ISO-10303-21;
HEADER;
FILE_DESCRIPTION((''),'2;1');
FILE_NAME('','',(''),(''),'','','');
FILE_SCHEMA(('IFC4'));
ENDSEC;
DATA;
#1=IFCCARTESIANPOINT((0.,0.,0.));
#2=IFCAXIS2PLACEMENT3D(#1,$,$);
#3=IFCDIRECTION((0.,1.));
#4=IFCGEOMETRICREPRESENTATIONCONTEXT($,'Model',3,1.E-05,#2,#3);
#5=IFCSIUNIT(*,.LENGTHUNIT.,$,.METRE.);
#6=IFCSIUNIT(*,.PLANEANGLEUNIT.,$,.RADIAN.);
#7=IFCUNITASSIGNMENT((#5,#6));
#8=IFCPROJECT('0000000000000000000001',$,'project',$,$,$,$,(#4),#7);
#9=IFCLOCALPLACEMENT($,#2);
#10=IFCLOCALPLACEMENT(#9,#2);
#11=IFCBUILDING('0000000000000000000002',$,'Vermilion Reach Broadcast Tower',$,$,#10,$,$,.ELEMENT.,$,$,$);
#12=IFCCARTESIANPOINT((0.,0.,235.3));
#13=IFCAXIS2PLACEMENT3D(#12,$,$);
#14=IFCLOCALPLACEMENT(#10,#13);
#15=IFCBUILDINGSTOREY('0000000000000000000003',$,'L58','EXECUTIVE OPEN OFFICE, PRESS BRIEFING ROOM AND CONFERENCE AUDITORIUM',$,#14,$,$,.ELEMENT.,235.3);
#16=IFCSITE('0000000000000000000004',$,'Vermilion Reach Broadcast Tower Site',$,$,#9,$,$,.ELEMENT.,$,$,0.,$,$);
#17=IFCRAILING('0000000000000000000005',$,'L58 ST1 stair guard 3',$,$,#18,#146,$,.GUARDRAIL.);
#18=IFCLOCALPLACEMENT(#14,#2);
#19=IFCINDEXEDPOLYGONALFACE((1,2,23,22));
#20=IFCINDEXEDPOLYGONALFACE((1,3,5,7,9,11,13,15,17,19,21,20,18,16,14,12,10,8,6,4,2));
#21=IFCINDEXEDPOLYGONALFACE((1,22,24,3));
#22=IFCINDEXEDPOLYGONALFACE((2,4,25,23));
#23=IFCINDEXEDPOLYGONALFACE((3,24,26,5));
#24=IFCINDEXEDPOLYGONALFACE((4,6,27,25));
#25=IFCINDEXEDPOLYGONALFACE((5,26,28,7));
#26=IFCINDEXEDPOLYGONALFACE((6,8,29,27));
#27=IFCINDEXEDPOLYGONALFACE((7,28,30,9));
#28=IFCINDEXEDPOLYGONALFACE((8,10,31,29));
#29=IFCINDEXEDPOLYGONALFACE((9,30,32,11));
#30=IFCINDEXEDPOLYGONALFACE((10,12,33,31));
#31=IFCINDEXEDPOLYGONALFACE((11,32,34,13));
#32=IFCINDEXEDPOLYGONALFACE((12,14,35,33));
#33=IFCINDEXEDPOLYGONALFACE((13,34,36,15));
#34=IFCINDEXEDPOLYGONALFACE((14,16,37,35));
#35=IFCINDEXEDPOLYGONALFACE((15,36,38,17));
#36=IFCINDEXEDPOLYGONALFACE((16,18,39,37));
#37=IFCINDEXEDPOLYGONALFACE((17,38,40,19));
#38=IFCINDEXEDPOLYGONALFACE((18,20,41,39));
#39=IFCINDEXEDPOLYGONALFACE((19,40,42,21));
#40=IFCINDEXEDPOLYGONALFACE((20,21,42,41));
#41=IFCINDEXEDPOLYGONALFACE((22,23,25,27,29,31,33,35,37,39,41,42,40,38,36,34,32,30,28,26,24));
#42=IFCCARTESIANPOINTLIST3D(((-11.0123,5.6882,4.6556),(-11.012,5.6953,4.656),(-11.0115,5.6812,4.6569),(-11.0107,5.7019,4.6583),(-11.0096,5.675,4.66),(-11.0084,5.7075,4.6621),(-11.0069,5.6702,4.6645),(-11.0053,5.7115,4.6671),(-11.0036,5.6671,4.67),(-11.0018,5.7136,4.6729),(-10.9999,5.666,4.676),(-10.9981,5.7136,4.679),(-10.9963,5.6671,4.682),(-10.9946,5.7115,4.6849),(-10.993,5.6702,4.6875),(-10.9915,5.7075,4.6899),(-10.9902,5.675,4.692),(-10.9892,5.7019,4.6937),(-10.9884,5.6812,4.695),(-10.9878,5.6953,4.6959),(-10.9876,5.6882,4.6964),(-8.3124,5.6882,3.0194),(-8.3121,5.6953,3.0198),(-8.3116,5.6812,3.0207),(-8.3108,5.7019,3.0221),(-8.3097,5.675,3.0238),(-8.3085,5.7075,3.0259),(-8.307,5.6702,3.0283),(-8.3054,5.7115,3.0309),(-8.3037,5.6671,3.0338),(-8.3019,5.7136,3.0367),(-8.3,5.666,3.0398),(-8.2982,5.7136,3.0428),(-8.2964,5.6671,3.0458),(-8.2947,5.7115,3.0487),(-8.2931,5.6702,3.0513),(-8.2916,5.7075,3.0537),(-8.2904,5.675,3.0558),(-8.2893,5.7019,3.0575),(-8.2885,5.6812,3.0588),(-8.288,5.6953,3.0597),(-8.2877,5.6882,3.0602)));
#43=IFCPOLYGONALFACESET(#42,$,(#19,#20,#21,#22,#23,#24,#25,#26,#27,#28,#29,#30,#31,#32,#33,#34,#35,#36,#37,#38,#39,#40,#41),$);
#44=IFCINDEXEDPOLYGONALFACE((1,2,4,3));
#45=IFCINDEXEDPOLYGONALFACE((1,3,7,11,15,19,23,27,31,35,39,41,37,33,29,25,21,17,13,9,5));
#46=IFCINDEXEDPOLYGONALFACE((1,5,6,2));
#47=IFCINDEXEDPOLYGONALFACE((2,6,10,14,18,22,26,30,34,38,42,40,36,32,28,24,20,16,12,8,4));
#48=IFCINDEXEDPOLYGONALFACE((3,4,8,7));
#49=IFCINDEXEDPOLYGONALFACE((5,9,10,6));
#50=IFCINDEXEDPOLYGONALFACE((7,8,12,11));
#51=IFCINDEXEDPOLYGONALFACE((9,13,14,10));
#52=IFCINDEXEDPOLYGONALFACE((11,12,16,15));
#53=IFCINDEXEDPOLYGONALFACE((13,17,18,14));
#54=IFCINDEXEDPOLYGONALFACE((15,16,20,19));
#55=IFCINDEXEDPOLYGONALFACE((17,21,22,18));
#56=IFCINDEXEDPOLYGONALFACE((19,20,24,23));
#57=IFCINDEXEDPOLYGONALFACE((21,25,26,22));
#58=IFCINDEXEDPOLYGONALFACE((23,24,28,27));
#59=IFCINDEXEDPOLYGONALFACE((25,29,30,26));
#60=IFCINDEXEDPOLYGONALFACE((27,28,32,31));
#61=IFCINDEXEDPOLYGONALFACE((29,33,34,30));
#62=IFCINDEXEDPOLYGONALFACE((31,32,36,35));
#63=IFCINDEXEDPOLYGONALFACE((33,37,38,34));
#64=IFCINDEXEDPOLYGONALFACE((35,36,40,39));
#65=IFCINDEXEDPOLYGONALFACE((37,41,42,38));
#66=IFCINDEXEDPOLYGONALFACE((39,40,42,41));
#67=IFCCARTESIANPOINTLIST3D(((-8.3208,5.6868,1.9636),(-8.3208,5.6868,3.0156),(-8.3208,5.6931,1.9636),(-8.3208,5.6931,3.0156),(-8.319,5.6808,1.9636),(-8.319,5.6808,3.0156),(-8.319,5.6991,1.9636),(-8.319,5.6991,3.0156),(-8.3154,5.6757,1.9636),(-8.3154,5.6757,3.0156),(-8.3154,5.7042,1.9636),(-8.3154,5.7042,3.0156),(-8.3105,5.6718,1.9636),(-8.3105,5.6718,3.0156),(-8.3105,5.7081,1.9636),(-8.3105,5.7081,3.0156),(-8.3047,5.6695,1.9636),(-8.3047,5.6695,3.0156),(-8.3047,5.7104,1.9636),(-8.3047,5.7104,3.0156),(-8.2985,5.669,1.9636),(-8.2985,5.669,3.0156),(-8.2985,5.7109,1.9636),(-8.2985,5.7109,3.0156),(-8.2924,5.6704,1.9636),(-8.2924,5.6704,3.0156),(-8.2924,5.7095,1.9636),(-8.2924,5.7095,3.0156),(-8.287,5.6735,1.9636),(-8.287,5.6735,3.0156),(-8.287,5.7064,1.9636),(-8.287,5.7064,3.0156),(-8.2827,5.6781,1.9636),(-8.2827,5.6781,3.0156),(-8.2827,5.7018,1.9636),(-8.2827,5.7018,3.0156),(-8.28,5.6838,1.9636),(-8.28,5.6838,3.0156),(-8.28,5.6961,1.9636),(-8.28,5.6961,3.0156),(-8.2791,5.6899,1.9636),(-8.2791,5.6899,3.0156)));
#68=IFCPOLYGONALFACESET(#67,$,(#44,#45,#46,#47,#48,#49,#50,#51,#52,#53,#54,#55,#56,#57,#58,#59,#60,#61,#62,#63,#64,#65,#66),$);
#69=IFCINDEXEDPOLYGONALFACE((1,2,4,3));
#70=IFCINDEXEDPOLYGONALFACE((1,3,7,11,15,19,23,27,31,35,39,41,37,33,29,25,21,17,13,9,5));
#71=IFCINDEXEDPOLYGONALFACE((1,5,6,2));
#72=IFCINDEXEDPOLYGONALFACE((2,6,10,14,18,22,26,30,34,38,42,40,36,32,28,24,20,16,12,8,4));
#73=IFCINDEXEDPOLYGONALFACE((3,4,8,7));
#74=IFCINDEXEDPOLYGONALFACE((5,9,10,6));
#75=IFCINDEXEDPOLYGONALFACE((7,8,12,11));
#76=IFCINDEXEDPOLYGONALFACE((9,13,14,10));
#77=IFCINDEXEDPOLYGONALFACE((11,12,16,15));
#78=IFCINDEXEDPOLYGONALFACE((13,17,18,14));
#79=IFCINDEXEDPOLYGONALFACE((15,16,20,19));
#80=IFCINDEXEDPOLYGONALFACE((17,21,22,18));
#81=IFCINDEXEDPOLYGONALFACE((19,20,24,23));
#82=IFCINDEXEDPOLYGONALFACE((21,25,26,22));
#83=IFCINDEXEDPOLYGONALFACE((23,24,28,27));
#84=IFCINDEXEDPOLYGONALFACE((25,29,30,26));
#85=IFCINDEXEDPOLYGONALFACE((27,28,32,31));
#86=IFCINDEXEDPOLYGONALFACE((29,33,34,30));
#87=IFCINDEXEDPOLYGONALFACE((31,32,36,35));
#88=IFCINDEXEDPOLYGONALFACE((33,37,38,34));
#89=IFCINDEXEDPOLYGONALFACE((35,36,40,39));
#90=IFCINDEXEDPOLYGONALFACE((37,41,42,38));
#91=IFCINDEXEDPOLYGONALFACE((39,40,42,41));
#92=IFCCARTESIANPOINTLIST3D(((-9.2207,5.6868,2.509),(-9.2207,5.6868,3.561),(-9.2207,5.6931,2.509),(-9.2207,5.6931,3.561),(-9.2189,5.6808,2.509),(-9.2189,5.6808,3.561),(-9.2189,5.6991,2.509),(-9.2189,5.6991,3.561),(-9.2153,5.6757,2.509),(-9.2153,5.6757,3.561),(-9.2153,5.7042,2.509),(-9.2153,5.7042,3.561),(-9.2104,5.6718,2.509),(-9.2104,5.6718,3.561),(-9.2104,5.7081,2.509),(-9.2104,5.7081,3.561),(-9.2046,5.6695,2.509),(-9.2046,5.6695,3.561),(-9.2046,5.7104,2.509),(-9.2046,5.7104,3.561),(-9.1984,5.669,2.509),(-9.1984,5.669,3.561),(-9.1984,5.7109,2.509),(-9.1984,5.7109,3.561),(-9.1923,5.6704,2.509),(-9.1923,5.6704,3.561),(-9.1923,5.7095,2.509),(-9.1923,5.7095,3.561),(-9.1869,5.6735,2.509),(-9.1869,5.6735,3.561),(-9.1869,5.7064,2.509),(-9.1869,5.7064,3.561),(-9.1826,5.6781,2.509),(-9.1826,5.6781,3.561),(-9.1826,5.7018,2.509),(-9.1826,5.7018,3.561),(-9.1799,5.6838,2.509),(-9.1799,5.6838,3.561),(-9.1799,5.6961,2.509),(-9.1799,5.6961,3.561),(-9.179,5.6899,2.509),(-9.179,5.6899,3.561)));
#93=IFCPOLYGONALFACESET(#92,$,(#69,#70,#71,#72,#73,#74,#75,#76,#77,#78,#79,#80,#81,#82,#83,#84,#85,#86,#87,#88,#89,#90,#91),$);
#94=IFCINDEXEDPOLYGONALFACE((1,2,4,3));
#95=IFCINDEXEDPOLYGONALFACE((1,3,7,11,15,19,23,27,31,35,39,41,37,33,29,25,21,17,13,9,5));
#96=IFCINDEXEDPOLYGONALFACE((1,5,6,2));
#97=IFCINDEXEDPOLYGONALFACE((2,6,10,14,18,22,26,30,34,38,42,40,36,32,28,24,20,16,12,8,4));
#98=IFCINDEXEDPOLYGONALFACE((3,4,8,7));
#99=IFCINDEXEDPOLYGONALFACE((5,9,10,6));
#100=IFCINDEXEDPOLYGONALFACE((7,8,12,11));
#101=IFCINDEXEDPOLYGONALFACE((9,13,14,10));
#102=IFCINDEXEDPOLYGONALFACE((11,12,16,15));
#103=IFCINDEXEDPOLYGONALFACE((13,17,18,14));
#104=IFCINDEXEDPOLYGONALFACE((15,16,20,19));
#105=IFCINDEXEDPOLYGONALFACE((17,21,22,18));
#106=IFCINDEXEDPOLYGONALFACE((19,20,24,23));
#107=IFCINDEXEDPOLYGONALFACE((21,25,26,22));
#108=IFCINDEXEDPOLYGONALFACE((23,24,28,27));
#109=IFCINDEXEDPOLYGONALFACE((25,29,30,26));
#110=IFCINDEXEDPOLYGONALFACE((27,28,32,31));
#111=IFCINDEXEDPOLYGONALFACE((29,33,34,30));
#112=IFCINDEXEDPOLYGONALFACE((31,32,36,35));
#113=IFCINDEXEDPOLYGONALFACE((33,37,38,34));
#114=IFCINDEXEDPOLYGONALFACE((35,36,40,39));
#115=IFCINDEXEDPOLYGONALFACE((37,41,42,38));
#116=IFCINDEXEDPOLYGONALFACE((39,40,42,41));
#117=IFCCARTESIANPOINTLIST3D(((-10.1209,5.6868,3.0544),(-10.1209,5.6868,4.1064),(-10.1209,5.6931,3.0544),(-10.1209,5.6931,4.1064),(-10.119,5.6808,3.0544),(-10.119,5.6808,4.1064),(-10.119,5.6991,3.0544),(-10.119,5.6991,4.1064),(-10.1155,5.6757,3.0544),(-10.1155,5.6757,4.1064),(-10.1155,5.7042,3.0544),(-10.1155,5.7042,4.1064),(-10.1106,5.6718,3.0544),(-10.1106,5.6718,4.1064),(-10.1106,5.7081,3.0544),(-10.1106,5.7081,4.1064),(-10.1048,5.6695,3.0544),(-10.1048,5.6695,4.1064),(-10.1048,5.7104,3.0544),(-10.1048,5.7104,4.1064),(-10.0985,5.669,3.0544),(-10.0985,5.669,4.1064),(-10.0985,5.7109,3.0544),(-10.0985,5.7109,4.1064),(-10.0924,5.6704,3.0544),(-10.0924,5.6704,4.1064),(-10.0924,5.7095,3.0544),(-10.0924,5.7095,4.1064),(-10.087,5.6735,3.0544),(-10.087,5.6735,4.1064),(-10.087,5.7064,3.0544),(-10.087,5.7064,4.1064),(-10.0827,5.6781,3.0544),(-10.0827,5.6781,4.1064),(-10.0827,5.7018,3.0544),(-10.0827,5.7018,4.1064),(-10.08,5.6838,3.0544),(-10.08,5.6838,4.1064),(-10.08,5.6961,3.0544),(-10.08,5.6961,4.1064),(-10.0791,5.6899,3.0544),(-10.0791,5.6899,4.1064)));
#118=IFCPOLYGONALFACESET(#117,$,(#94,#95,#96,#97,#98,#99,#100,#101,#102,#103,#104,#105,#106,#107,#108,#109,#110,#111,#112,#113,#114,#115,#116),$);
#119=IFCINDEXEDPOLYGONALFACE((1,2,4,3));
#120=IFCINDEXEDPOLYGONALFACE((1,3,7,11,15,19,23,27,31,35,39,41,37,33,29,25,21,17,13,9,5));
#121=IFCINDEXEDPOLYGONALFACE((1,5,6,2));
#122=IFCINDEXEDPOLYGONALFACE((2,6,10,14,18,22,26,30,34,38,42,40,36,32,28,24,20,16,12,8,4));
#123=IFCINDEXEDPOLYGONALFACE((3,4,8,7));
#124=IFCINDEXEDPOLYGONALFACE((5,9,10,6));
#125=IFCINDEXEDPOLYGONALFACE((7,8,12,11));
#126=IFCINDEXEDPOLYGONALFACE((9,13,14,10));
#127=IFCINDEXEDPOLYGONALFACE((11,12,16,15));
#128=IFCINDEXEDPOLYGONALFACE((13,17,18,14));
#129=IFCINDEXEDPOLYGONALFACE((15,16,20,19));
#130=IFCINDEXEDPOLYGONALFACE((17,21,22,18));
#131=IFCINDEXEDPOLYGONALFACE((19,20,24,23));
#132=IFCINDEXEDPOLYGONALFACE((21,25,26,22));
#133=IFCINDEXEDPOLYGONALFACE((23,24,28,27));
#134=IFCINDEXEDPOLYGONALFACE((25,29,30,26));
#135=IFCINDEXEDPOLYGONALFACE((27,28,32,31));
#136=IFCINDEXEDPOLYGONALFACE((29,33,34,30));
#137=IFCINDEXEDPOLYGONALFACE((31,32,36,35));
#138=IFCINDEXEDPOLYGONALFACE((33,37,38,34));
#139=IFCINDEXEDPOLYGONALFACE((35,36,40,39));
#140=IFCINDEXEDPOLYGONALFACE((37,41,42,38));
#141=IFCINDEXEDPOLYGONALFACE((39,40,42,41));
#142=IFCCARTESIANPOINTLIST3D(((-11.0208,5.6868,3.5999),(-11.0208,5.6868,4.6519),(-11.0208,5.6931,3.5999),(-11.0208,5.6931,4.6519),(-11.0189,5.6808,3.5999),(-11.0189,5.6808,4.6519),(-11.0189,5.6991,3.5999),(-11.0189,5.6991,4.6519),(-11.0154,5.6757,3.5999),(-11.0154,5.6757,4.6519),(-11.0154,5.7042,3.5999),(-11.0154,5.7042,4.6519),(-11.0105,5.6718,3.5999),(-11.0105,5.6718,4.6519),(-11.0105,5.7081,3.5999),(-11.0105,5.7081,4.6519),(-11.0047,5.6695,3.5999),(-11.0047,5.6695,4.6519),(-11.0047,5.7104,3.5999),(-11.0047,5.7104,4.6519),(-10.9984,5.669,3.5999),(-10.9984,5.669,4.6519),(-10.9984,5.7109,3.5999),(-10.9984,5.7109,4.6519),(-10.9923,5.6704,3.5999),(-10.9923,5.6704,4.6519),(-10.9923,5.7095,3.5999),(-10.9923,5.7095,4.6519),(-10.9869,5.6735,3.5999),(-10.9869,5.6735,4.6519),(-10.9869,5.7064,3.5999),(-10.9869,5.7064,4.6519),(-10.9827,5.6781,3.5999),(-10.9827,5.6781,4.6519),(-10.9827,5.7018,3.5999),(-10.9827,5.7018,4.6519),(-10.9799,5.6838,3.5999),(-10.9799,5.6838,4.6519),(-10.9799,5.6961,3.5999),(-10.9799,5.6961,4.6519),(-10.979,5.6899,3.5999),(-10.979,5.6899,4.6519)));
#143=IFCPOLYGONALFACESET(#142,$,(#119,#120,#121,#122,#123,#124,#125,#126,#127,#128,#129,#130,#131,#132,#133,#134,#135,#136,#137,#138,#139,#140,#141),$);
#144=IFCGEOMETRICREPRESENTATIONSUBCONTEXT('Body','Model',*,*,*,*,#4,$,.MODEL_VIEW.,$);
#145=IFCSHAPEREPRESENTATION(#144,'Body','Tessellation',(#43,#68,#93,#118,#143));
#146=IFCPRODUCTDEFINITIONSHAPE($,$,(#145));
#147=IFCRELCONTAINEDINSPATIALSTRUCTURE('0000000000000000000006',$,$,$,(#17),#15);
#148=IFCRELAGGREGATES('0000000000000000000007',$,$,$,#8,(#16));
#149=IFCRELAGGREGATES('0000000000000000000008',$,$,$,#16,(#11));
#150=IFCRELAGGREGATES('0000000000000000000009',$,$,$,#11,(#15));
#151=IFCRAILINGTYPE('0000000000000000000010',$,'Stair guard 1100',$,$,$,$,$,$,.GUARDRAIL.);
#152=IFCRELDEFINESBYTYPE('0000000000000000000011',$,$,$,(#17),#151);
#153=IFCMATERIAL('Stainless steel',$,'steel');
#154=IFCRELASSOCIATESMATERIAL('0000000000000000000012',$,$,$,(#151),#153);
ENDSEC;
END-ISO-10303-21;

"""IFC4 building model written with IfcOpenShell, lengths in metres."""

from ifc_helpers import new_model, si_unit, direction, frame, origin, origin_2d, place, context, subcontext, project, spatial, circle, extrude, material, type_object, element, save


model = new_model("IFC4")

# Units and contexts
model_context = context("Model", 3, precision=1e-05, world=origin(), true_north=direction((0.0, 1.0)))
body_context = subcontext(model_context, "Body", "Model", "MODEL_VIEW")
ifc_project = project(units=[si_unit("LENGTHUNIT", "METRE"), si_unit("PLANEANGLEUNIT", "RADIAN")], contexts=[model_context])

# Site, building, storey
site_placement = place(None, origin())
site = spatial("IfcSite", under=ifc_project, at=site_placement, Name="Vermilion Reach Broadcast Tower Site", CompositionType="ELEMENT", RefElevation=0.0)
building_placement = place(site_placement, origin())
building = spatial("IfcBuilding", under=site, at=building_placement, Name="Vermilion Reach Broadcast Tower", CompositionType="ELEMENT")
storey_placement = place(building_placement, frame((0.0, 0.0, 235.3)))
storey = spatial("IfcBuildingStorey", under=building, at=storey_placement, Name="L58", Description="EXECUTIVE OPEN OFFICE, PRESS BRIEFING ROOM AND CONFERENCE AUDITORIUM", CompositionType="ELEMENT", Elevation=235.3)

# Railing
ifc_material_1 = material(Name="Stainless steel", Category="steel")
railing_type_1 = type_object("IfcRailingType", Name="Stair guard 1100", PredefinedType="GUARDRAIL", material=ifc_material_1)
railing_1_placement = place(storey_placement, frame((-8.3, 5.6899, 1.9636)))
element("IfcRailing", 1, at=railing_1_placement, inside=storey, type_object=railing_type_1, Name="L58 ST1 stair guard 3", PredefinedType="GUARDRAIL", context=body_context, shape_type="SweptSolid", body=[
    extrude(circle(Radius=0.0239, at=origin_2d()), frame((0.0, 0.0, 1.0762), z_axis=(-0.855212, 0.0, 0.518278), x_axis=(0.0, -1.0, 0.0)), (0.0, 0.0, 1.0), 3.157),
    extrude(circle(Radius=0.021, at=origin_2d()), origin(), (0.0, 0.0, 1.0), 1.052),
    extrude(circle(Radius=0.021, at=origin_2d()), frame((-0.8999, 0.0, 0.5454)), (0.0, 0.0, 1.0), 1.052),
    extrude(circle(Radius=0.021, at=origin_2d()), frame((-1.8, 0.0, 1.0908)), (0.0, 0.0, 1.0), 1.052),
    extrude(circle(Radius=0.021, at=origin_2d()), frame((-2.7, 0.0, 1.6362)), (0.0, 0.0, 1.0), 1.052),
])

save(model, "model.ifc")
